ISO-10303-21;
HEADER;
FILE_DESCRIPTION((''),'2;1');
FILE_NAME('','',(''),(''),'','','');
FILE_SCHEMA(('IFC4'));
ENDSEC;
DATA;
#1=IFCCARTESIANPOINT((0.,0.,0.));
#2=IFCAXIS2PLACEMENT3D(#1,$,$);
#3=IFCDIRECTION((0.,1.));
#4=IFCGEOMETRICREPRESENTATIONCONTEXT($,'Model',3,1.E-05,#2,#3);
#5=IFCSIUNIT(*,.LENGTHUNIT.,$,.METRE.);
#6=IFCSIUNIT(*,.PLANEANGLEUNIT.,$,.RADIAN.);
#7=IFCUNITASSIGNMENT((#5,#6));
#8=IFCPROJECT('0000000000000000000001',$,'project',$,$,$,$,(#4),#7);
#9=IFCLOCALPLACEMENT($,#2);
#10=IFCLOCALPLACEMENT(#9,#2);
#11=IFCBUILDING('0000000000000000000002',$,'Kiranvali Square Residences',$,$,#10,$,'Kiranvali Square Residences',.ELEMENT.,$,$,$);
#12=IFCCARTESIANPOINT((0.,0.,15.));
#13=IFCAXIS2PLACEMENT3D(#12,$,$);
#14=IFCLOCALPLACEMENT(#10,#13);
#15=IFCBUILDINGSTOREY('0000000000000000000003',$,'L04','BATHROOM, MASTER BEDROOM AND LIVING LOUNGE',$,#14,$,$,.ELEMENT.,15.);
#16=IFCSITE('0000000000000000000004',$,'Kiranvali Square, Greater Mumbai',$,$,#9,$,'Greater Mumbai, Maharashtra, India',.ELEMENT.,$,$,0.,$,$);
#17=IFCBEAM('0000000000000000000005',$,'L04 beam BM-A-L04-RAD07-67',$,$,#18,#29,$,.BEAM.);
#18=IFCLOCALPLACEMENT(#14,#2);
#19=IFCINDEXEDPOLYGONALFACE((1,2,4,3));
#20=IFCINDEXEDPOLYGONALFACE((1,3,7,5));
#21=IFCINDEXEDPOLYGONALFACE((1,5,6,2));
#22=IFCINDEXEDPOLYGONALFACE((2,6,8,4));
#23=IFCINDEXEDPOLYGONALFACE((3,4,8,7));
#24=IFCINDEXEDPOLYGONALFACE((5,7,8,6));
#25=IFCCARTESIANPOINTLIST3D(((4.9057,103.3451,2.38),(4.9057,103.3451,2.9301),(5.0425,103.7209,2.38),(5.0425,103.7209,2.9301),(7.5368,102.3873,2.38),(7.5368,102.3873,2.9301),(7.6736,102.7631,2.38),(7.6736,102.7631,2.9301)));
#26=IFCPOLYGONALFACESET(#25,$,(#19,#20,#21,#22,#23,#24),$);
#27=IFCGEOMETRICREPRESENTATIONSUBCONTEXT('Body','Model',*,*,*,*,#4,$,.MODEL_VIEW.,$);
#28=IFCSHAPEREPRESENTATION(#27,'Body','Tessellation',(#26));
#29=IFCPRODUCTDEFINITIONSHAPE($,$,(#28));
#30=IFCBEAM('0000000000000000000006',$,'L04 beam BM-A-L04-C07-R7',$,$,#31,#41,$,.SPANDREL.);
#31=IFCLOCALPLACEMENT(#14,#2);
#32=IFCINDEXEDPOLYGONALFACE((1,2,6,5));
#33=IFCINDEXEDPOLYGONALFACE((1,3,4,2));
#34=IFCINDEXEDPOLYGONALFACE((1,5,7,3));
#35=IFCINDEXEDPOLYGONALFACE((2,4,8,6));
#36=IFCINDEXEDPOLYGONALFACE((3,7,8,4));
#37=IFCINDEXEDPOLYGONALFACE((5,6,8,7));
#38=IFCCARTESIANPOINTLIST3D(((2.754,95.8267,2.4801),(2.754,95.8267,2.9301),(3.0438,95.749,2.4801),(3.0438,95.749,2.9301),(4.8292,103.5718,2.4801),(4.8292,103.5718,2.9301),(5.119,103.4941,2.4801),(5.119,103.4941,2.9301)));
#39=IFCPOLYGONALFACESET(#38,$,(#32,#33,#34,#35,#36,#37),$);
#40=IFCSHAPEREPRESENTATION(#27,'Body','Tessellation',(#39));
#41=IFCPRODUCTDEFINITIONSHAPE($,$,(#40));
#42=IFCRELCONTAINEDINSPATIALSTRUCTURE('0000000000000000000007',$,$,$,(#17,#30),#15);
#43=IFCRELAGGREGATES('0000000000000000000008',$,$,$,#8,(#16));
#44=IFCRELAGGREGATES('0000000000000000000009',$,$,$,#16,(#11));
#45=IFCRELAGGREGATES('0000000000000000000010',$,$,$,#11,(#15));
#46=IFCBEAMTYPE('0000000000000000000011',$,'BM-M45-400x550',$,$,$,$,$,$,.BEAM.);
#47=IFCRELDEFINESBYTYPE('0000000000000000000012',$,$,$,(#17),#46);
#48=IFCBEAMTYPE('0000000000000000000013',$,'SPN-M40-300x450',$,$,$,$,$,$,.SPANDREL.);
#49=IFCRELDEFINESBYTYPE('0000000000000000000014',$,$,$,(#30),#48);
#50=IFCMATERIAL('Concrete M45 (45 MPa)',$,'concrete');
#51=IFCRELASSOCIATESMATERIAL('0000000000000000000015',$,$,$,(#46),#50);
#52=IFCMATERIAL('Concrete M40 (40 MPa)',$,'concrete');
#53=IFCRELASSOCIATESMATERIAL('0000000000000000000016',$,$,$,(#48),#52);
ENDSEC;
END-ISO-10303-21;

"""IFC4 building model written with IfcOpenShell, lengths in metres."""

from ifc_helpers import new_model, si_unit, direction, frame, origin, origin_2d, place, context, subcontext, project, spatial, rectangle, extrude, material, material_profile, profile_set, type_object, element, save


model = new_model("IFC4")

# Units and contexts
model_context = context("Model", 3, precision=1e-05, world=origin(), true_north=direction((0.0, 1.0)))
body_context = subcontext(model_context, "Body", "Model", "MODEL_VIEW")
ifc_project = project(units=[si_unit("LENGTHUNIT", "METRE"), si_unit("PLANEANGLEUNIT", "RADIAN")], contexts=[model_context])

# Site, building, storey
site_placement = place(None, origin())
site = spatial("IfcSite", under=ifc_project, at=site_placement, Name="Kiranvali Square, Greater Mumbai", LongName="Greater Mumbai, Maharashtra, India", CompositionType="ELEMENT", RefElevation=0.0)
building_placement = place(site_placement, origin())
building = spatial("IfcBuilding", under=site, at=building_placement, Name="Kiranvali Square Residences", LongName="Kiranvali Square Residences", CompositionType="ELEMENT")
storey_placement = place(building_placement, frame((0.0, 0.0, 15.0)))
storey = spatial("IfcBuildingStorey", under=building, at=storey_placement, Name="L04", Description="BATHROOM, MASTER BEDROOM AND LIVING LOUNGE", CompositionType="ELEMENT", Elevation=15.0)

# Beams
ifc_material_1 = material(Name="Concrete M45 (45 MPa)", Category="concrete")
ifc_material_profile_1 = material_profile(ifc_material_1, rectangle(XDim=0.3999, YDim=0.55, at=origin_2d()), Name="RC 400x550")
ifc_profile_set_1 = profile_set([ifc_material_profile_1], Name="Concrete M45 (45 MPa)")
beam_type_1 = type_object("IfcBeamType", Name="BM-M45-400x550", PredefinedType="BEAM", material=ifc_profile_set_1)
beam_1_placement = place(storey_placement, frame((7.6052, 102.5752, 2.655), z_axis=(-0.939679, 0.342058, 0.0), x_axis=(-0.342058, -0.939679, 0.0)))
element("IfcBeam", 1, at=beam_1_placement, inside=storey, type_object=beam_type_1, Name="L04 beam BM-A-L04-RAD07-67", PredefinedType="BEAM", context=body_context, shape_type="SweptSolid", body=[
    extrude(rectangle(XDim=0.3999, YDim=0.55, at=origin_2d()), origin(), (0.0, 0.0, 1.0), 2.8),
])
ifc_material_2 = material(Name="Concrete M40 (40 MPa)", Category="concrete")
ifc_material_profile_2 = material_profile(ifc_material_2, rectangle(XDim=0.3, YDim=0.45, at=origin_2d()), Name="RC 300x450")
ifc_profile_set_2 = profile_set([ifc_material_profile_2], Name="Concrete M40 (40 MPa)")
beam_type_2 = type_object("IfcBeamType", Name="SPN-M40-300x450", PredefinedType="SPANDREL", material=ifc_profile_set_2)
beam_2_placement = place(storey_placement, frame((4.9741, 103.533, 2.7051), z_axis=(-0.258807, -0.965929, 0.0), x_axis=(0.965929, -0.258807, 0.0)))
element("IfcBeam", 2, at=beam_2_placement, inside=storey, type_object=beam_type_2, Name="L04 beam BM-A-L04-C07-R7", PredefinedType="SPANDREL", context=body_context, shape_type="SweptSolid", body=[
    extrude(rectangle(XDim=0.3, YDim=0.45, at=origin_2d()), origin(), (0.0, 0.0, 1.0), 8.0183),
])

save(model, "model.ifc")
